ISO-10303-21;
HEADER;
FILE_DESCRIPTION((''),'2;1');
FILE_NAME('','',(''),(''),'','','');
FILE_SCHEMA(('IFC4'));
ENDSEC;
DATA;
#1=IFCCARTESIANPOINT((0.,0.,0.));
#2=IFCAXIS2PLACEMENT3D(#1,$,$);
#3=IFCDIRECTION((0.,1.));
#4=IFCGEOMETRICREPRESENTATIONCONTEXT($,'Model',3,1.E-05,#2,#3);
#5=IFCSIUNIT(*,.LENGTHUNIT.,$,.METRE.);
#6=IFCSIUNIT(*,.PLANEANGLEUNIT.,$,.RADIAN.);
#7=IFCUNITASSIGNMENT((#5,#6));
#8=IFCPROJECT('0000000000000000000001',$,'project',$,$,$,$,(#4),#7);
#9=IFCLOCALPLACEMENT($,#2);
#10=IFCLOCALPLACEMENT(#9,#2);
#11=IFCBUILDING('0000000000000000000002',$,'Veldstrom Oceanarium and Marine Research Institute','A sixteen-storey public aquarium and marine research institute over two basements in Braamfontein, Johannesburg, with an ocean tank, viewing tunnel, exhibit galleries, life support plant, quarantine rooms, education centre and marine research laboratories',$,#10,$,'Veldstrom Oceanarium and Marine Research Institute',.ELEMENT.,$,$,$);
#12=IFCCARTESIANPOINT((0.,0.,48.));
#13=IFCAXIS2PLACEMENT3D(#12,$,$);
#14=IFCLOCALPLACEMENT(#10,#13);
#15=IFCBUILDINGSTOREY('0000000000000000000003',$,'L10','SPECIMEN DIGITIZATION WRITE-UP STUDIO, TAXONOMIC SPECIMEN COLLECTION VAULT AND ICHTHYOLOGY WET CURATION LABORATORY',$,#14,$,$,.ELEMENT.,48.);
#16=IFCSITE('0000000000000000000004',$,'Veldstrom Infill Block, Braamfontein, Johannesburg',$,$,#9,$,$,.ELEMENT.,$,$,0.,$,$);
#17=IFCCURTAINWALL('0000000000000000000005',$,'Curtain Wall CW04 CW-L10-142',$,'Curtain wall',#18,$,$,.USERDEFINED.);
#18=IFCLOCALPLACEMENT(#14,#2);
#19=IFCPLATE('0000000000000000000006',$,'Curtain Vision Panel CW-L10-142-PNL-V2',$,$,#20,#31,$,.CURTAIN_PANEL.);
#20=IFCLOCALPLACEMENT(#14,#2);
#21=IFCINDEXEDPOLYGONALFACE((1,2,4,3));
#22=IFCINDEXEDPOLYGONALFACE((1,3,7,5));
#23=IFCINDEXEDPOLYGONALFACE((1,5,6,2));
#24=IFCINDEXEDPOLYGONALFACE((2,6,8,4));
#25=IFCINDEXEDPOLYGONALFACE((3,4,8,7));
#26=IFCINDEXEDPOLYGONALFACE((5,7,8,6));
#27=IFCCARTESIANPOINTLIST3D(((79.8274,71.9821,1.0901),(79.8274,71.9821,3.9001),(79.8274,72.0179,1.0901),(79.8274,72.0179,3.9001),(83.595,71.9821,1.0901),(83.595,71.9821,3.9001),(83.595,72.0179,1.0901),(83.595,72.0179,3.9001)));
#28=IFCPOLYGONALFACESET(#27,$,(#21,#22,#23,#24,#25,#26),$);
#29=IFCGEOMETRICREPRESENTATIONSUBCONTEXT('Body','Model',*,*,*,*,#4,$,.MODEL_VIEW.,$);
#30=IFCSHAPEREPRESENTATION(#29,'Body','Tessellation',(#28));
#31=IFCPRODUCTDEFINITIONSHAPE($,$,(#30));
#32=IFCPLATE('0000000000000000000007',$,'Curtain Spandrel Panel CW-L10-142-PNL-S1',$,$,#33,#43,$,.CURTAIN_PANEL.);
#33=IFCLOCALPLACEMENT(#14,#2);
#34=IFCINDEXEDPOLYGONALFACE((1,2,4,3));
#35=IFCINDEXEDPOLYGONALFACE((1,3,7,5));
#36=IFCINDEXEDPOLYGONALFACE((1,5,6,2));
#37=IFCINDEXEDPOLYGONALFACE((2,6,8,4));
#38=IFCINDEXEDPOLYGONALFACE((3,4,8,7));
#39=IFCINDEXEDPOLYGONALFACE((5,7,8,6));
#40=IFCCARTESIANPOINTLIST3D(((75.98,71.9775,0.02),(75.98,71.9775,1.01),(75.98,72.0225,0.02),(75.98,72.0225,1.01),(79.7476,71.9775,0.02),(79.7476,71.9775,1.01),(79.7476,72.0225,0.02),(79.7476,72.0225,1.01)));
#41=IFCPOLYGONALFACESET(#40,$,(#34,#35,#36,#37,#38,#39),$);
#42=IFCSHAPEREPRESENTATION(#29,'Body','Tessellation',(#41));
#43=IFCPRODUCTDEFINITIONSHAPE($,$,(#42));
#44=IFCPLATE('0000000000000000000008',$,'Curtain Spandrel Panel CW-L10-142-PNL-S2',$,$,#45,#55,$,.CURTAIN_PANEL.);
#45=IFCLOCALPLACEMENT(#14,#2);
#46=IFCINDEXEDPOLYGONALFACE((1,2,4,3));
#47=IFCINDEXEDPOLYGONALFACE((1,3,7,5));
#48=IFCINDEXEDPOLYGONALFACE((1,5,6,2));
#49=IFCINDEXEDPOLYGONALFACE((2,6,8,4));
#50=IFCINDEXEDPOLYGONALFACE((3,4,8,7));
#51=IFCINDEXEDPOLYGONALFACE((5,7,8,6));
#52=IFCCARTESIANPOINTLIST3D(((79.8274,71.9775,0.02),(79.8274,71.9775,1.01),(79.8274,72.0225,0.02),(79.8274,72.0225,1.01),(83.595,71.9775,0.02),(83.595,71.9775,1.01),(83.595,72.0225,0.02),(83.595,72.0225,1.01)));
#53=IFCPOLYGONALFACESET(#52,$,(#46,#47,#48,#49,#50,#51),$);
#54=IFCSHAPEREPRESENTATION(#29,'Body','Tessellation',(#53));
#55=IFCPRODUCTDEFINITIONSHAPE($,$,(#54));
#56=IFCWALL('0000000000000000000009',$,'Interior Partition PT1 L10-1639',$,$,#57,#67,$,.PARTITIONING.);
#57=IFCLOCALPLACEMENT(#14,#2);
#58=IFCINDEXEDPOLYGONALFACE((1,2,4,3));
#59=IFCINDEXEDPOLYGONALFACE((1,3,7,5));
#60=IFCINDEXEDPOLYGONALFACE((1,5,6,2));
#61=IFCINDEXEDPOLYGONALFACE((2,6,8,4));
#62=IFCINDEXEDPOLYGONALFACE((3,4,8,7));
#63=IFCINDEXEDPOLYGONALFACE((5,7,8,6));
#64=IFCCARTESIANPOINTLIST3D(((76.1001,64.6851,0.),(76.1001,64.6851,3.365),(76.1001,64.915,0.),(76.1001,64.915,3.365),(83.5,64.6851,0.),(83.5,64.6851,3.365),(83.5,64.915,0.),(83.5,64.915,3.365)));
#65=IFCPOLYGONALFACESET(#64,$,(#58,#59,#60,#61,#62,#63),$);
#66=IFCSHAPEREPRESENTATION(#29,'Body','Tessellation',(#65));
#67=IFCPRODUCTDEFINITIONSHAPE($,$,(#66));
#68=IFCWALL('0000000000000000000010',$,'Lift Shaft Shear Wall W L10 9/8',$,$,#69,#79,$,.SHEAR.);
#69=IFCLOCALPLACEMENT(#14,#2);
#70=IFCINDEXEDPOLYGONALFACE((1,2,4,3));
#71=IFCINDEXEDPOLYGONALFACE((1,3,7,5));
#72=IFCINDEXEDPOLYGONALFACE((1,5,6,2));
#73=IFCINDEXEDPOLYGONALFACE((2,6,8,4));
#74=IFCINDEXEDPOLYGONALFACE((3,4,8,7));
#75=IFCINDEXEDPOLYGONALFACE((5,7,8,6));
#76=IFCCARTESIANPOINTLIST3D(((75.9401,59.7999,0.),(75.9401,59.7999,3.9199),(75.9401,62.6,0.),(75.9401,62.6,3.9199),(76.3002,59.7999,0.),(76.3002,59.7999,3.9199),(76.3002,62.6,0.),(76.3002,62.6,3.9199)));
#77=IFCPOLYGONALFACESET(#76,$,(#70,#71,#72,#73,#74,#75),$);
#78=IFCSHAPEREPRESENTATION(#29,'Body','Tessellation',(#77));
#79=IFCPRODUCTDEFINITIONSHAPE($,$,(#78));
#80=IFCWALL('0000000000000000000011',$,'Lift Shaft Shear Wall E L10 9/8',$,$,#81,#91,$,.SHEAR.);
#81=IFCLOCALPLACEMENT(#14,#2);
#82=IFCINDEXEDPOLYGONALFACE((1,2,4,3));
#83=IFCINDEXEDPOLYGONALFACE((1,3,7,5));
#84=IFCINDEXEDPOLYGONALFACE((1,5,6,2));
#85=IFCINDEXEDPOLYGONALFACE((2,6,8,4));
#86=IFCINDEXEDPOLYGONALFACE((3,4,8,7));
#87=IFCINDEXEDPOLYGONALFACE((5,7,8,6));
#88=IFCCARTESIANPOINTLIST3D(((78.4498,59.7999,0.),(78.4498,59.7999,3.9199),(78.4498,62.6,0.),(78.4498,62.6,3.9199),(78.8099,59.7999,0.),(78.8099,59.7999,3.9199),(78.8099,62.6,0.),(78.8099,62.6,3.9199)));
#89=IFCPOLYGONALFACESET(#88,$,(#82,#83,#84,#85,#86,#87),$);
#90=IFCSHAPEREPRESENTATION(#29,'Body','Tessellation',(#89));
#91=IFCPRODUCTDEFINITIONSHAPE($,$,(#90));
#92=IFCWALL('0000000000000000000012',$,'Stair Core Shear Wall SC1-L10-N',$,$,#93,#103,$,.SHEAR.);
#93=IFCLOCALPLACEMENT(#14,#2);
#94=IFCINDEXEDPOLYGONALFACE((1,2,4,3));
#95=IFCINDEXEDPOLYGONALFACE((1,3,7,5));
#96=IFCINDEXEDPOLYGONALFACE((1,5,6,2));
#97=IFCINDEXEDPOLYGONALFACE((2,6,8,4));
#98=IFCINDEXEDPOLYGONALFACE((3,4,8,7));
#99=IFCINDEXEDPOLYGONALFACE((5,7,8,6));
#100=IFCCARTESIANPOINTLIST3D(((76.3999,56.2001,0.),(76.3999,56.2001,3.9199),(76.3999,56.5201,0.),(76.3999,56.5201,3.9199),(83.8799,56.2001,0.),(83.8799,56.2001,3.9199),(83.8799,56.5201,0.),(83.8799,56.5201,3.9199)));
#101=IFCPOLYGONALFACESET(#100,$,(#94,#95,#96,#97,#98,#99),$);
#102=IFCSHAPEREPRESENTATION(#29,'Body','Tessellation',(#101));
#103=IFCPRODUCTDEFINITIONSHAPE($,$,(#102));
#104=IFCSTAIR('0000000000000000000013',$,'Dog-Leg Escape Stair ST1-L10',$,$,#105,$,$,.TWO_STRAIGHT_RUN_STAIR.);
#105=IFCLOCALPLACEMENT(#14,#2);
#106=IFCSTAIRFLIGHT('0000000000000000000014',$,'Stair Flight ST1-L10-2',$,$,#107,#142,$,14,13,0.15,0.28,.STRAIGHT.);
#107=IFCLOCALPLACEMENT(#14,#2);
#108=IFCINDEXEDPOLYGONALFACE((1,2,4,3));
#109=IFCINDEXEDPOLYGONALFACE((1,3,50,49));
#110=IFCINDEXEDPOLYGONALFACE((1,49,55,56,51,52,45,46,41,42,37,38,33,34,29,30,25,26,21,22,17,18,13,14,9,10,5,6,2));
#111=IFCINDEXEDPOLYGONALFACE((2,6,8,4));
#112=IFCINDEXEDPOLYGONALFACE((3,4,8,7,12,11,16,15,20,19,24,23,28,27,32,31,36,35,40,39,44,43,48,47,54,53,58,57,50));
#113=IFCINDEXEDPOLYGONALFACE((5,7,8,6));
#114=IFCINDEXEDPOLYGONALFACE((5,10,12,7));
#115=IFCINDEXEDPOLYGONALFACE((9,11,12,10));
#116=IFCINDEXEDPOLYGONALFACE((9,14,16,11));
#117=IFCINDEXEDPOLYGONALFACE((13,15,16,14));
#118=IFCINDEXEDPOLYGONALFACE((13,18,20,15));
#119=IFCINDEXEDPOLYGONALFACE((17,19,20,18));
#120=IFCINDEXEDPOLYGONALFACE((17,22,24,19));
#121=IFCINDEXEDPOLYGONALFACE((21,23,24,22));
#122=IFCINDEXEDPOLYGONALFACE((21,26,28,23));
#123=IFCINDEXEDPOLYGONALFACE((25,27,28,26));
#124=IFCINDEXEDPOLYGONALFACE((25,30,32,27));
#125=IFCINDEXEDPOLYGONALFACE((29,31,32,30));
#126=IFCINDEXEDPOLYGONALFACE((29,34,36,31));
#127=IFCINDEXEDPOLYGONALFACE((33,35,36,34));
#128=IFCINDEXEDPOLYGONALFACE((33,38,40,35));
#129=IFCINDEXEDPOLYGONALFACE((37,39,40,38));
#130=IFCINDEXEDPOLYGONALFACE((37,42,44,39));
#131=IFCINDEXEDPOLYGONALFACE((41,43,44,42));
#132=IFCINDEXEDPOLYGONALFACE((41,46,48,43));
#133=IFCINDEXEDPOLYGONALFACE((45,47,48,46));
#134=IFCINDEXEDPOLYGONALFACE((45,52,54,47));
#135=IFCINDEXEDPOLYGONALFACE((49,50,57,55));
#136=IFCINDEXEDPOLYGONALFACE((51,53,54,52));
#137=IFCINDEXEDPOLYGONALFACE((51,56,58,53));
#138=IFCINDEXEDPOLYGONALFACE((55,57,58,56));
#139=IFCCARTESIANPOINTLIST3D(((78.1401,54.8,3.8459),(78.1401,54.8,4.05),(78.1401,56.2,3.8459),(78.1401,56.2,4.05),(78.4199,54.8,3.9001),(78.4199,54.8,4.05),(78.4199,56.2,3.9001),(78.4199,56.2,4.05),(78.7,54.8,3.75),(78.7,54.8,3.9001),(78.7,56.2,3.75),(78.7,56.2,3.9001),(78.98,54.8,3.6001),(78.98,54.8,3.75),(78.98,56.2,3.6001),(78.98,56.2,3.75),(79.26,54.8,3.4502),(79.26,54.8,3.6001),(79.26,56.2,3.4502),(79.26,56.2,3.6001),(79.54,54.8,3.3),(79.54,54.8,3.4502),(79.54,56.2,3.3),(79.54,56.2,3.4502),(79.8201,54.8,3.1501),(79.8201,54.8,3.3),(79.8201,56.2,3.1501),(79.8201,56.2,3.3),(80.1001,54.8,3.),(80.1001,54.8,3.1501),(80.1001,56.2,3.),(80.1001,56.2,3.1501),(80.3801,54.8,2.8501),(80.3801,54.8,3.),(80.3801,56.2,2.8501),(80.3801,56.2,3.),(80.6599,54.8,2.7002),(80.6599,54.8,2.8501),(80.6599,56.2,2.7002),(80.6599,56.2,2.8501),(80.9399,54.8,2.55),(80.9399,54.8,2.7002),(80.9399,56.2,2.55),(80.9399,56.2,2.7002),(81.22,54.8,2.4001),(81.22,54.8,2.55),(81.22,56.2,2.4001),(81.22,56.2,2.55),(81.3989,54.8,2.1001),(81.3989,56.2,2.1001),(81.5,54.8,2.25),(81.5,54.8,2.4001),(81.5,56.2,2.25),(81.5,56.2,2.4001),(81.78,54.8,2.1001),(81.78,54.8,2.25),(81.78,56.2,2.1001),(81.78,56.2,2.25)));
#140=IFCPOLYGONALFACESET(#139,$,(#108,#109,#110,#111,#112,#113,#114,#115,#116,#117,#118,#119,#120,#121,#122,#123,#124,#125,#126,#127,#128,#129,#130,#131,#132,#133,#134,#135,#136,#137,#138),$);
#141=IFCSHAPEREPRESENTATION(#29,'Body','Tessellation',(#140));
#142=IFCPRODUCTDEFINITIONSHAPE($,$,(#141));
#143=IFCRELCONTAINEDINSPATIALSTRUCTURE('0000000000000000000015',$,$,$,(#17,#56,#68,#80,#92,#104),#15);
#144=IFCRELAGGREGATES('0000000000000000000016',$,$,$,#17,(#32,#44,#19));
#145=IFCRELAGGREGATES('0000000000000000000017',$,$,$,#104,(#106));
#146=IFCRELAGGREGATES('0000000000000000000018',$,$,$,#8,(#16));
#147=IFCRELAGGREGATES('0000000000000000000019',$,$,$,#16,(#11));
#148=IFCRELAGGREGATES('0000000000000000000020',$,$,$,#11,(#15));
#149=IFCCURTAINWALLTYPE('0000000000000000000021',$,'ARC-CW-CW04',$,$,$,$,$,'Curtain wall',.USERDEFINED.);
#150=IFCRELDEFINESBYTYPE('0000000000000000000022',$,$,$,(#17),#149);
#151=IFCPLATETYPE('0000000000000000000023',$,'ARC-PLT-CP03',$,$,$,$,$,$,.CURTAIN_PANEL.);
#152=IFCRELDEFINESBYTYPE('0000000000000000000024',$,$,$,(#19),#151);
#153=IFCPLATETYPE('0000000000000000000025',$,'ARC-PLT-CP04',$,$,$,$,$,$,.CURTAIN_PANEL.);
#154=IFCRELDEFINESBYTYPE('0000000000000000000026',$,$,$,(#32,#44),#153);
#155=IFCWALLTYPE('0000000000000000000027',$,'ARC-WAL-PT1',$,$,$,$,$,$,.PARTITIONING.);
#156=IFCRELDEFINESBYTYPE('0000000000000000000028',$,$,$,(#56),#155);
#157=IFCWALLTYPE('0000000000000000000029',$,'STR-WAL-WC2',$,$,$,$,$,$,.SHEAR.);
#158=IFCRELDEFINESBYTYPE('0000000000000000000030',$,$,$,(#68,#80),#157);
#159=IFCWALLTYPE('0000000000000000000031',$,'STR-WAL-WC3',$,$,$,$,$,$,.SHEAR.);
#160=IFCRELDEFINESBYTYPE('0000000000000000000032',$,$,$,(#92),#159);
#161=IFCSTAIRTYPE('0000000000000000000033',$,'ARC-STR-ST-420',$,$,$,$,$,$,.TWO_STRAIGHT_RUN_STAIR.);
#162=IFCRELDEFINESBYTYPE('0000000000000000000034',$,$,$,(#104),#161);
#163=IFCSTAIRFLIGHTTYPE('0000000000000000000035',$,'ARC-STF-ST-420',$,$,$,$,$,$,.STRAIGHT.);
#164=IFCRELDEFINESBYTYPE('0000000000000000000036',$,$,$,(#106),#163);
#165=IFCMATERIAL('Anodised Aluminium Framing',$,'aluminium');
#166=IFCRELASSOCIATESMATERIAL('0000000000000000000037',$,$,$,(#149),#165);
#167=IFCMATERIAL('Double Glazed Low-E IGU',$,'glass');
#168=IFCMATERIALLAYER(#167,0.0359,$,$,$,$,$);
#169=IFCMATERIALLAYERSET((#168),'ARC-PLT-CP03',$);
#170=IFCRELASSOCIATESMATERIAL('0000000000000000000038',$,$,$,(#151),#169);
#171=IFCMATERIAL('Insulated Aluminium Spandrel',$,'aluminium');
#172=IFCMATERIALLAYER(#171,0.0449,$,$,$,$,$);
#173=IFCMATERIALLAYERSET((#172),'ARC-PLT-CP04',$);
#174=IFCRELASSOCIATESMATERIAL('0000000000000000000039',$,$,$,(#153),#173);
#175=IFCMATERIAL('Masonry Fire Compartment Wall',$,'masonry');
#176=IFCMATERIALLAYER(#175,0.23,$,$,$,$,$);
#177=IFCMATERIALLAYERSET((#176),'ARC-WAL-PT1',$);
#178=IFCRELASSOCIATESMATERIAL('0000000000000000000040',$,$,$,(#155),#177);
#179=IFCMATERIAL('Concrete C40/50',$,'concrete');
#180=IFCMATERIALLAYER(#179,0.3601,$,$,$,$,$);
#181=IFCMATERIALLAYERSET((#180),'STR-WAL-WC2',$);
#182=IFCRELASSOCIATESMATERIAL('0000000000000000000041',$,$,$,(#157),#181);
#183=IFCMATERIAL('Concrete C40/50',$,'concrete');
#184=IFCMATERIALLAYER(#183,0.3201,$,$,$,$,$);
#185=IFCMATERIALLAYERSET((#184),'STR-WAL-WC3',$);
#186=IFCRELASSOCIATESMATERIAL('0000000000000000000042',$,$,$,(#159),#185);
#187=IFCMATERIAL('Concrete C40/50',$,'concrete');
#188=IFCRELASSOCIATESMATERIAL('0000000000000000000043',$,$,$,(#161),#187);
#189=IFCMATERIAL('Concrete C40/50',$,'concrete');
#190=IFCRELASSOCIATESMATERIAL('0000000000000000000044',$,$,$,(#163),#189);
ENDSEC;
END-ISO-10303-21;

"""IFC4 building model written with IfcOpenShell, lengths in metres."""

from ifc_helpers import new_model, si_unit, direction, frame, frame_2d, origin, origin_2d, place, context, subcontext, project, spatial, polyline, rectangle, outline, extrude, material, layer, layer_set, type_object, element, aggregate, save


model = new_model("IFC4")

# Units and contexts
model_context = context("Model", 3, precision=1e-05, world=origin(), true_north=direction((0.0, 1.0)))
body_context = subcontext(model_context, "Body", "Model", "MODEL_VIEW")
ifc_project = project(units=[si_unit("LENGTHUNIT", "METRE"), si_unit("PLANEANGLEUNIT", "RADIAN")], contexts=[model_context])

# Site, building, storey
site_placement = place(None, origin())
site = spatial("IfcSite", under=ifc_project, at=site_placement, Name="Veldstrom Infill Block, Braamfontein, Johannesburg", CompositionType="ELEMENT", RefElevation=0.0)
building_placement = place(site_placement, origin())
building = spatial("IfcBuilding", under=site, at=building_placement, Name="Veldstrom Oceanarium and Marine Research Institute", Description="A sixteen-storey public aquarium and marine research institute over two basements in Braamfontein, Johannesburg, with an ocean tank, viewing tunnel, exhibit galleries, life support plant, quarantine rooms, education centre and marine research laboratories", LongName="Veldstrom Oceanarium and Marine Research Institute", CompositionType="ELEMENT")
storey_placement = place(building_placement, frame((0.0, 0.0, 48.0)))
storey = spatial("IfcBuildingStorey", under=building, at=storey_placement, Name="L10", Description="SPECIMEN DIGITIZATION WRITE-UP STUDIO, TAXONOMIC SPECIMEN COLLECTION VAULT AND ICHTHYOLOGY WET CURATION LABORATORY", CompositionType="ELEMENT", Elevation=48.0)

# Curtain wall
ifc_material_1 = material(Name="Anodised Aluminium Framing", Category="aluminium")
curtain_wall_type = type_object("IfcCurtainWallType", Name="ARC-CW-CW04", ElementType="Curtain wall", PredefinedType="USERDEFINED", material=ifc_material_1)
curtain_wall_placement = place(storey_placement, origin())
curtain_wall = element("IfcCurtainWall", 1, at=curtain_wall_placement, inside=storey, type_object=curtain_wall_type, Name="Curtain Wall CW04 CW-L10-142", ObjectType="Curtain wall", PredefinedType="USERDEFINED")

# Plates
ifc_material_2 = material(Name="Double Glazed Low-E IGU", Category="glass")
ifc_layer_1 = layer(ifc_material_2, 0.0359)
ifc_layer_set_1 = layer_set([ifc_layer_1], Name="ARC-PLT-CP03")
plate_type_1 = type_object("IfcPlateType", Name="ARC-PLT-CP03", PredefinedType="CURTAIN_PANEL", material=ifc_layer_set_1)
plate_1_placement = place(storey_placement, frame((81.7112, 72.0, 1.0901), z_axis=(0.0, 0.0, 1.0), x_axis=(1.0, 0.0, 0.0)))
plate_1 = element("IfcPlate", 2, at=plate_1_placement, type_object=plate_type_1, Name="Curtain Vision Panel CW-L10-142-PNL-V2", PredefinedType="CURTAIN_PANEL", context=body_context, shape_type="SweptSolid", body=[
    extrude(rectangle(XDim=3.7676, YDim=0.0359, at=origin_2d()), origin(), (0.0, 0.0, 1.0), 2.8101),
])
ifc_material_3 = material(Name="Insulated Aluminium Spandrel", Category="aluminium")
ifc_layer_2 = layer(ifc_material_3, 0.0449)
ifc_layer_set_2 = layer_set([ifc_layer_2], Name="ARC-PLT-CP04")
plate_type_2 = type_object("IfcPlateType", Name="ARC-PLT-CP04", PredefinedType="CURTAIN_PANEL", material=ifc_layer_set_2)
plate_2_placement = place(storey_placement, frame((77.8638, 72.0, 0.02), z_axis=(0.0, 0.0, 1.0), x_axis=(1.0, 0.0, 0.0)))
plate_2 = element("IfcPlate", 3, at=plate_2_placement, type_object=plate_type_2, Name="Curtain Spandrel Panel CW-L10-142-PNL-S1", PredefinedType="CURTAIN_PANEL", context=body_context, shape_type="SweptSolid", body=[
    extrude(rectangle(XDim=3.7676, YDim=0.0449, at=origin_2d()), origin(), (0.0, 0.0, 1.0), 0.99),
])
plate_3_placement = place(storey_placement, frame((81.7112, 72.0, 0.02), z_axis=(0.0, 0.0, 1.0), x_axis=(1.0, 0.0, 0.0)))
plate_3 = element("IfcPlate", 4, at=plate_3_placement, type_object=plate_type_2, Name="Curtain Spandrel Panel CW-L10-142-PNL-S2", PredefinedType="CURTAIN_PANEL", context=body_context, shape_type="SweptSolid", body=[
    extrude(rectangle(XDim=3.7676, YDim=0.0449, at=origin_2d()), origin(), (0.0, 0.0, 1.0), 0.99),
])
aggregate(curtain_wall, [plate_2, plate_3, plate_1])

# Walls
ifc_material_4 = material(Name="Masonry Fire Compartment Wall", Category="masonry")
ifc_layer_3 = layer(ifc_material_4, 0.23)
ifc_layer_set_3 = layer_set([ifc_layer_3], Name="ARC-WAL-PT1")
wall_type_1 = type_object("IfcWallType", Name="ARC-WAL-PT1", PredefinedType="PARTITIONING", material=ifc_layer_set_3)
wall_1_placement = place(storey_placement, frame((76.1001, 64.8, 0.0), z_axis=(0.0, 0.0, 1.0), x_axis=(1.0, 0.0, 0.0)))
element("IfcWall", 5, at=wall_1_placement, inside=storey, type_object=wall_type_1, Name="Interior Partition PT1 L10-1639", PredefinedType="PARTITIONING", context=body_context, shape_type="SweptSolid", body=[
    extrude(rectangle(XDim=7.3999, YDim=0.23, at=frame_2d((3.7, 0.0))), origin(), (0.0, 0.0, 1.0), 3.365),
])
ifc_material_5 = material(Name="Concrete C40/50", Category="concrete")
ifc_layer_4 = layer(ifc_material_5, 0.3601)
ifc_layer_set_4 = layer_set([ifc_layer_4], Name="STR-WAL-WC2")
wall_type_2 = type_object("IfcWallType", Name="STR-WAL-WC2", PredefinedType="SHEAR", material=ifc_layer_set_4)
for number, where, z_axis, x_axis, name in (
    (6, (76.1201, 59.8, 0.0), (0.0, 0.0, 1.0), (0.0, 1.0, 0.0), "Lift Shaft Shear Wall W L10 9/8"),
    (7, (78.6299, 59.8, 0.0), (0.0, 0.0, 1.0), (0.0, 1.0, 0.0), "Lift Shaft Shear Wall E L10 9/8"),
):
    element("IfcWall", number, at=place(storey_placement, frame(where, z_axis=z_axis, x_axis=x_axis)), inside=storey, type_object=wall_type_2, Name=name, PredefinedType="SHEAR", context=body_context, shape_type="SweptSolid", body=[
        extrude(rectangle(XDim=2.8, YDim=0.3601, at=frame_2d((1.3999, 0.0))), origin(), (0.0, 0.0, 1.0), 3.9199),
    ])
ifc_material_6 = material(Name="Concrete C40/50", Category="concrete")
ifc_layer_5 = layer(ifc_material_6, 0.3201)
ifc_layer_set_5 = layer_set([ifc_layer_5], Name="STR-WAL-WC3")
wall_type_3 = type_object("IfcWallType", Name="STR-WAL-WC3", PredefinedType="SHEAR", material=ifc_layer_set_5)
wall_2_placement = place(storey_placement, frame((76.3999, 56.3601, 0.0), z_axis=(0.0, 0.0, 1.0), x_axis=(1.0, 0.0, 0.0)))
element("IfcWall", 8, at=wall_2_placement, inside=storey, type_object=wall_type_3, Name="Stair Core Shear Wall SC1-L10-N", PredefinedType="SHEAR", context=body_context, shape_type="SweptSolid", body=[
    extrude(rectangle(XDim=7.48, YDim=0.3201, at=frame_2d((3.74, 0.0))), origin(), (0.0, 0.0, 1.0), 3.9199),
])

# Stair, stair flight
ifc_material_7 = material(Name="Concrete C40/50", Category="concrete")
stair_type = type_object("IfcStairType", Name="ARC-STR-ST-420", PredefinedType="TWO_STRAIGHT_RUN_STAIR", material=ifc_material_7)
stair_placement = place(storey_placement, origin())
stair = element("IfcStair", 9, at=stair_placement, inside=storey, type_object=stair_type, Name="Dog-Leg Escape Stair ST1-L10", PredefinedType="TWO_STRAIGHT_RUN_STAIR")
ifc_material_8 = material(Name="Concrete C40/50", Category="concrete")
stair_flight_type = type_object("IfcStairFlightType", Name="ARC-STF-ST-420", PredefinedType="STRAIGHT", material=ifc_material_8)
stair_flight_placement = place(storey_placement, frame((81.78, 55.5, 2.1001), z_axis=(0.0, 0.0, 1.0), x_axis=(-1.0, 0.0, 0.0)))
stair_flight = element("IfcStairFlight", 10, at=stair_flight_placement, type_object=stair_flight_type, Name="Stair Flight ST1-L10-2", NumberOfRisers=14, NumberOfTreads=13, PredefinedType="STRAIGHT", RiserHeight=0.15, TreadLength=0.28, context=body_context, shape_type="SweptSolid", body=[
    extrude(outline(polyline([(0.0, 0.0), (0.0, 0.1499), (0.28, 0.1499), (0.28, 0.3), (0.5601, 0.3), (0.5601, 0.45), (0.8401, 0.45), (0.8401, 0.6001), (1.1201, 0.6001), (1.1201, 0.75), (1.3999, 0.75), (1.3999, 0.8999), (1.6799, 0.8999), (1.6799, 1.05), (1.96, 1.05), (1.96, 1.2), (2.24, 1.2), (2.24, 1.3501), (2.52, 1.3501), (2.52, 1.5), (2.8, 1.5), (2.8, 1.6499), (3.0801, 1.6499), (3.0801, 1.8), (3.3601, 1.8), (3.3601, 1.95), (3.6399, 1.95), (3.6399, 2.1001), (3.6399, 1.7458), (0.3811, 0.0), (0.0, 0.0)])), frame((0.0, 0.7, 0.0), z_axis=(0.0, -1.0, 0.0), x_axis=(1.0, 0.0, 0.0)), (0.0, 0.0, 1.0), 1.3999),
])
aggregate(stair, [stair_flight])

save(model, "model.ifc")
